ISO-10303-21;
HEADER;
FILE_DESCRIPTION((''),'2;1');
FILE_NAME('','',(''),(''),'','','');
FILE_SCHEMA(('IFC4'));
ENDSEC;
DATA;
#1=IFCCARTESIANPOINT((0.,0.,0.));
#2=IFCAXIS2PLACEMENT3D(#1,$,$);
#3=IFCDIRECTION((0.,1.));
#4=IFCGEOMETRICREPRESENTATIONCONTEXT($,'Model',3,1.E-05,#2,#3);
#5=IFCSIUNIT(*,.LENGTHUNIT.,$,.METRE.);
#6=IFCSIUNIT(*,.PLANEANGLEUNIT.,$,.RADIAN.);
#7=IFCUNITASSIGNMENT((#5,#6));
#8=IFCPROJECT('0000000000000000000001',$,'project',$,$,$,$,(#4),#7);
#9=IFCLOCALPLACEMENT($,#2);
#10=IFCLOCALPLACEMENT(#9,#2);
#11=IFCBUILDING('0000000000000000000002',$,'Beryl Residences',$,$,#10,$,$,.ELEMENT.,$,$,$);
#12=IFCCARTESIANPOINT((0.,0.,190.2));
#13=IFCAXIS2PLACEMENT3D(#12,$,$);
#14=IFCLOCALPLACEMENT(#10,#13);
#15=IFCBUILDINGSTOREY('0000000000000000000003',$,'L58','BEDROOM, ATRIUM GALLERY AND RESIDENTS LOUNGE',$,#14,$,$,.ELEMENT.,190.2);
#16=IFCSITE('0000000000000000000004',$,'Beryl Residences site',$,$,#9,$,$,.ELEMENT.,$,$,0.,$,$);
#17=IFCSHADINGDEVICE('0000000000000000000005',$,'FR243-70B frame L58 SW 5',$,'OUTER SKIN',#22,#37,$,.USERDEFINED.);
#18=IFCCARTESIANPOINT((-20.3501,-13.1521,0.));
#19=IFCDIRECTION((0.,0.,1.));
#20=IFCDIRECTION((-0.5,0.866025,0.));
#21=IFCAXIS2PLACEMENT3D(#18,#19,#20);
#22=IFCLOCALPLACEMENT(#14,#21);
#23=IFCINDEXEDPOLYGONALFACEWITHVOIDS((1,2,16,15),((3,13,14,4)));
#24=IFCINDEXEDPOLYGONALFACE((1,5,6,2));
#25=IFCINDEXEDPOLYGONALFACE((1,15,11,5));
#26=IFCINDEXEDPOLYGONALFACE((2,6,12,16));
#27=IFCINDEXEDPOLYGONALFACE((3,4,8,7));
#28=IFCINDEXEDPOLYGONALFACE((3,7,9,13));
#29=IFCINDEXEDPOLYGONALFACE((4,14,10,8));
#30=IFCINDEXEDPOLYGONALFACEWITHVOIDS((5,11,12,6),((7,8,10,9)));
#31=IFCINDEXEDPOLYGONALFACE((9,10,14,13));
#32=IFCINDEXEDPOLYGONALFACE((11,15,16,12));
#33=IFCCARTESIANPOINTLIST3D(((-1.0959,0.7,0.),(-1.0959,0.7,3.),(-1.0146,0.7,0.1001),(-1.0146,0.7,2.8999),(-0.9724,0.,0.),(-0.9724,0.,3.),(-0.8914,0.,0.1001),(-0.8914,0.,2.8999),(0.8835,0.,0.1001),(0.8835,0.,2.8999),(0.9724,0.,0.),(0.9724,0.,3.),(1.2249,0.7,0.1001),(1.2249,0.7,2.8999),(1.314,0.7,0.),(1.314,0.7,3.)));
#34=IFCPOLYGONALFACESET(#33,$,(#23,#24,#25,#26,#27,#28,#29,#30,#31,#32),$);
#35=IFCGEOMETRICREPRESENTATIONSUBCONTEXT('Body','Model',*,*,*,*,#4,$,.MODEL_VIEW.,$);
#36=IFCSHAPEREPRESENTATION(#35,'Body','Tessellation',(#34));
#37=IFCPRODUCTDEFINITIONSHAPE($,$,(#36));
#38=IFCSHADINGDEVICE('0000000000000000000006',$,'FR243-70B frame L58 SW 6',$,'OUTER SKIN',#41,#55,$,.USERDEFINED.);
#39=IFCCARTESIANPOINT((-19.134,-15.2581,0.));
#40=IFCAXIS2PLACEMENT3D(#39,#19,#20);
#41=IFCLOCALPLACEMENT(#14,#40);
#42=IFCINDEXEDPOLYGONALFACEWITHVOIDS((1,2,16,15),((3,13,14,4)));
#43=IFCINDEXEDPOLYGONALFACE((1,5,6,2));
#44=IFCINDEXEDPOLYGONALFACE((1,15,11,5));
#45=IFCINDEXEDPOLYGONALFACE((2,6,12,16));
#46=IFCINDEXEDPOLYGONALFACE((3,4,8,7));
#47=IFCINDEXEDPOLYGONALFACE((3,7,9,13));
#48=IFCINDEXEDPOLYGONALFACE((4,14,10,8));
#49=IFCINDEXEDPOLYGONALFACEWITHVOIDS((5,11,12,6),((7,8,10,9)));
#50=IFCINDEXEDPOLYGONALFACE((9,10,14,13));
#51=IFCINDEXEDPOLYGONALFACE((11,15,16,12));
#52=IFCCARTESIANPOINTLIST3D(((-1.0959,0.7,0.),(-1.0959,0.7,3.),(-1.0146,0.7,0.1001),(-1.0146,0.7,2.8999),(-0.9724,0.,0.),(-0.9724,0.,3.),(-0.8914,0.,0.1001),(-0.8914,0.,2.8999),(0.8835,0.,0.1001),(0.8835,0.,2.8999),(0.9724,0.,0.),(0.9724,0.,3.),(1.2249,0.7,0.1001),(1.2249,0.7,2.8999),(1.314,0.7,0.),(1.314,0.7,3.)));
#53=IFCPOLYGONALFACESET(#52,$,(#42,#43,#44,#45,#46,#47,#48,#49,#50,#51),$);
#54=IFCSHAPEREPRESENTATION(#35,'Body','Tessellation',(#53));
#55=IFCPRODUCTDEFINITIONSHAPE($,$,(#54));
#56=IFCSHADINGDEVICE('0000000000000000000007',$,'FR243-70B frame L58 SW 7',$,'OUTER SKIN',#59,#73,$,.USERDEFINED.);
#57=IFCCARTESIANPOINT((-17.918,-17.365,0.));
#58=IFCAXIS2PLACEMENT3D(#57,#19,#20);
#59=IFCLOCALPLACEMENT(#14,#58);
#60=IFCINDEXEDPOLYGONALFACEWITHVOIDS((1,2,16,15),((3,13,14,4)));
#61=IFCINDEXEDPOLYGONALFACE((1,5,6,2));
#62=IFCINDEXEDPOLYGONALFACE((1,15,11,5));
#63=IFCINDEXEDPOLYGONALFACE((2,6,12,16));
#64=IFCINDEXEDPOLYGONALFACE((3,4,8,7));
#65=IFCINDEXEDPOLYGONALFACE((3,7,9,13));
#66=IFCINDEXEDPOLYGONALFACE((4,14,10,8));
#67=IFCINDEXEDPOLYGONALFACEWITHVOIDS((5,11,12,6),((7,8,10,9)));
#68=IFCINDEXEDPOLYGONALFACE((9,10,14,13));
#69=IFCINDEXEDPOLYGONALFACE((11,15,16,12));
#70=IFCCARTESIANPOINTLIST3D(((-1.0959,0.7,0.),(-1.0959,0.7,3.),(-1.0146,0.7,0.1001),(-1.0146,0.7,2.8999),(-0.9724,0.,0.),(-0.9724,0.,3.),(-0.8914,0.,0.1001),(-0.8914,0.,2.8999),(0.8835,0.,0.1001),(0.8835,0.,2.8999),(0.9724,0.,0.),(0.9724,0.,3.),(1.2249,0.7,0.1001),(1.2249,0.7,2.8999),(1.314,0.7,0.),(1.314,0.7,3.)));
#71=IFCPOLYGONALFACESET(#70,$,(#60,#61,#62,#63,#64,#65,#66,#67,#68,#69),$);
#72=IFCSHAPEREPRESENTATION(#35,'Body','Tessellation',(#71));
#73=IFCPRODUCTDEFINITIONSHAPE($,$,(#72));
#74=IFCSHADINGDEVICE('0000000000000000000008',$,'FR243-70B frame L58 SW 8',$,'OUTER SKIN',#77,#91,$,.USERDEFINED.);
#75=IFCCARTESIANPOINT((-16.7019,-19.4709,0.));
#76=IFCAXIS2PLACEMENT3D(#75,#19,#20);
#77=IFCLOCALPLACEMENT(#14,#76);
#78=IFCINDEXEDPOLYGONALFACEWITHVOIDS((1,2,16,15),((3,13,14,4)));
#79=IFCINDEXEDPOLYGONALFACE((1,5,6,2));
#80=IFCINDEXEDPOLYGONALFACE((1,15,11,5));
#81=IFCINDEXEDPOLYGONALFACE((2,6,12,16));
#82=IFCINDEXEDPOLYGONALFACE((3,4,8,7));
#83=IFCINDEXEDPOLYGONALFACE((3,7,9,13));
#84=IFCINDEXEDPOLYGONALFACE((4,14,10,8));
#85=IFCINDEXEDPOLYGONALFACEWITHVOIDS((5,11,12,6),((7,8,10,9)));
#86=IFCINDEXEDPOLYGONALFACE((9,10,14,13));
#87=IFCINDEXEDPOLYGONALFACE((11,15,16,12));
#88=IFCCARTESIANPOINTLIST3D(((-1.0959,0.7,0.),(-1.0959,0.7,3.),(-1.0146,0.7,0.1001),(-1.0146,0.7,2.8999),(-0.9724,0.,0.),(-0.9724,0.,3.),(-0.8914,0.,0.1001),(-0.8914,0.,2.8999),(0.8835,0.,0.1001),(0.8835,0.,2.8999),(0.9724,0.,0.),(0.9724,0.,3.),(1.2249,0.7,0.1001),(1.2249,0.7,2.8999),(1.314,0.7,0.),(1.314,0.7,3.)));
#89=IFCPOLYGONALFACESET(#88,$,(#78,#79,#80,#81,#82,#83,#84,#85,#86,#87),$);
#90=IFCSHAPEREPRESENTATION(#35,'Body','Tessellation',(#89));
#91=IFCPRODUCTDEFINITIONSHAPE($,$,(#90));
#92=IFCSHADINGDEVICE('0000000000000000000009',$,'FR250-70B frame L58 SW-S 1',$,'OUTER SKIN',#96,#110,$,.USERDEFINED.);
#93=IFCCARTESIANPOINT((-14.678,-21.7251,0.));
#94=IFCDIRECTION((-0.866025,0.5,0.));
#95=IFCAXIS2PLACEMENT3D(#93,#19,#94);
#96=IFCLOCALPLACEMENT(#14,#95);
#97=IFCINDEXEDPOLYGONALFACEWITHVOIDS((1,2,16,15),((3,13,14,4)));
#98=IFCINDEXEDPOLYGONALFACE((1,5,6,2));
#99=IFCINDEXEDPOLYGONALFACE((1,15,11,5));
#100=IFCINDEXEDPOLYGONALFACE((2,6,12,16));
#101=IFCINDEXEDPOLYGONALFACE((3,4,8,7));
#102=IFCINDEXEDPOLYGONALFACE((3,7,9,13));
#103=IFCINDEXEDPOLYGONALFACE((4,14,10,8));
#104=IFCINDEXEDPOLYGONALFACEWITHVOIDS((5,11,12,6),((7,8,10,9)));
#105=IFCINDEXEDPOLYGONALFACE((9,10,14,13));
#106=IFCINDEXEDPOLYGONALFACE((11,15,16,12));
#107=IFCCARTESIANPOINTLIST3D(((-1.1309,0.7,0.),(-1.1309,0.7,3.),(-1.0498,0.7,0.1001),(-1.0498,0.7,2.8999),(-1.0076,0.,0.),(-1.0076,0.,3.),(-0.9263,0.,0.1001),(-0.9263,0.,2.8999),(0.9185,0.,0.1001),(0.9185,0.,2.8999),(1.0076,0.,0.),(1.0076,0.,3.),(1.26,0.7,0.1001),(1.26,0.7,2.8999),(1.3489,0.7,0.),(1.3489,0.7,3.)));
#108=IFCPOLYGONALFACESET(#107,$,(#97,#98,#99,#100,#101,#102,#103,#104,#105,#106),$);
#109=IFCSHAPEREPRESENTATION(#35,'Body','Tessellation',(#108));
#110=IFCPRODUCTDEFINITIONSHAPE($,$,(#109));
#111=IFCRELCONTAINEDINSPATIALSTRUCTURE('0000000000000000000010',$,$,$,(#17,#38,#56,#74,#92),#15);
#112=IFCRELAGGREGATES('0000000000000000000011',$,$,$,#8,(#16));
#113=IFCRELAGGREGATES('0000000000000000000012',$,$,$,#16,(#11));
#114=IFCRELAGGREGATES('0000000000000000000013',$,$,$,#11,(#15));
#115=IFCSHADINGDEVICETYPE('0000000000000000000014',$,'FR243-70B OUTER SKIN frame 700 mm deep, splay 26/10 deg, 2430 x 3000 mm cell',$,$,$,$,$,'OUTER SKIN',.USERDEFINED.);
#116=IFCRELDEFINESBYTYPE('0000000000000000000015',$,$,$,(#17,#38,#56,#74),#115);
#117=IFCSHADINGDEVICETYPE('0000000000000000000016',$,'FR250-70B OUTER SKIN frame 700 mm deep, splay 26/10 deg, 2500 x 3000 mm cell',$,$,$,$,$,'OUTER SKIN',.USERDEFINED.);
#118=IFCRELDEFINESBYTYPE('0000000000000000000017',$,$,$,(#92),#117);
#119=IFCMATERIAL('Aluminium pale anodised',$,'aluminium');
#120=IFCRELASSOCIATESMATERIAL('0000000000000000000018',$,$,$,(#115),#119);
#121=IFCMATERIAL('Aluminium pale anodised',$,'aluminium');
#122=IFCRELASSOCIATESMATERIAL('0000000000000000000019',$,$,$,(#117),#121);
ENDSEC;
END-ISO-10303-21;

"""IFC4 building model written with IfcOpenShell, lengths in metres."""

from ifc_helpers import new_model, entity, si_unit, direction, frame, origin, place, context, subcontext, project, spatial, source, transform, mapped, material, type_object, type_shapes, element, save


model = new_model("IFC4")

# Units and contexts
model_context = context("Model", 3, precision=1e-05, world=origin(), true_north=direction((0.0, 1.0)))
body_context = subcontext(model_context, "Body", "Model", "MODEL_VIEW")
ifc_project = project(units=[si_unit("LENGTHUNIT", "METRE"), si_unit("PLANEANGLEUNIT", "RADIAN")], contexts=[model_context])

# Site, building, storey
site_placement = place(None, origin())
site = spatial("IfcSite", under=ifc_project, at=site_placement, Name="Beryl Residences site", CompositionType="ELEMENT", RefElevation=0.0)
building_placement = place(site_placement, origin())
building = spatial("IfcBuilding", under=site, at=building_placement, Name="Beryl Residences", CompositionType="ELEMENT")
storey_placement = place(building_placement, frame((0.0, 0.0, 190.2)))
storey = spatial("IfcBuildingStorey", under=building, at=storey_placement, Name="L58", Description="BEDROOM, ATRIUM GALLERY AND RESIDENTS LOUNGE", CompositionType="ELEMENT", Elevation=190.2)

# Shading devices
ifc_material_1 = material(Name="Aluminium pale anodised", Category="aluminium")
shading_device_type_1 = type_object("IfcShadingDeviceType", Name="FR243-70B OUTER SKIN frame 700 mm deep, splay 26/10 deg, 2430 x 3000 mm cell", ElementType="OUTER SKIN", PredefinedType="USERDEFINED", material=ifc_material_1)
cartesian_point_1 = entity("IfcCartesianPoint", [-0.9724, 0.0])
cartesian_point_2 = entity("IfcCartesianPoint", [-0.8835, 0.1001])
cartesian_point_3 = entity("IfcCartesianPoint", [-1.314, 0.0])
cartesian_point_4 = entity("IfcCartesianPoint", [-1.2249, 0.1001])
shared_shape_1 = source(origin(), body_context, "Body", "SweptSolid", [
    entity("IfcExtrudedAreaSolidTapered", entity("IfcArbitraryProfileDefWithVoids", "AREA", None, entity("IfcPolyline", [cartesian_point_1, entity("IfcCartesianPoint", [0.9724, 0.0]), entity("IfcCartesianPoint", [0.9724, 3.0]), entity("IfcCartesianPoint", [-0.9724, 3.0]), cartesian_point_1]), [entity("IfcPolyline", [cartesian_point_2, entity("IfcCartesianPoint", [0.8914, 0.1001]), entity("IfcCartesianPoint", [0.8914, 2.8999]), entity("IfcCartesianPoint", [-0.8835, 2.8999]), cartesian_point_2])]), entity("IfcAxis2Placement3D", entity("IfcCartesianPoint", [0.0, 0.0, 0.0]), entity("IfcDirection", [0.0, 1.0, 0.0]), entity("IfcDirection", [-1.0, 0.0, 0.0])), entity("IfcDirection", [0.0, 0.0, 1.0]), 0.7, entity("IfcArbitraryProfileDefWithVoids", "AREA", None, entity("IfcPolyline", [cartesian_point_3, entity("IfcCartesianPoint", [1.0959, 0.0]), entity("IfcCartesianPoint", [1.0959, 3.0]), entity("IfcCartesianPoint", [-1.314, 3.0]), cartesian_point_3]), [entity("IfcPolyline", [cartesian_point_4, entity("IfcCartesianPoint", [1.0146, 0.1001]), entity("IfcCartesianPoint", [1.0146, 2.8999]), entity("IfcCartesianPoint", [-1.2249, 2.8999]), cartesian_point_4])])),
])
type_shapes(shading_device_type_1, [shared_shape_1])
for number, where, z_axis, x_axis, name in (
    (1, (-20.3501, -13.1521, 0.0), (0.0, 0.0, 1.0), (-0.5, 0.866025, 0.0), "FR243-70B frame L58 SW 5"),
    (2, (-19.134, -15.2581, 0.0), (0.0, 0.0, 1.0), (-0.5, 0.866025, 0.0), "FR243-70B frame L58 SW 6"),
    (3, (-17.918, -17.365, 0.0), (0.0, 0.0, 1.0), (-0.5, 0.866025, 0.0), "FR243-70B frame L58 SW 7"),
    (4, (-16.7019, -19.4709, 0.0), (0.0, 0.0, 1.0), (-0.5, 0.866025, 0.0), "FR243-70B frame L58 SW 8"),
):
    element("IfcShadingDevice", number, at=place(storey_placement, frame(where, z_axis=z_axis, x_axis=x_axis)), inside=storey, type_object=shading_device_type_1, Name=name, ObjectType="OUTER SKIN", PredefinedType="USERDEFINED", context=body_context, shape_type="MappedRepresentation", body=[
        mapped(shared_shape_1, transform((0.0, 0.0, 0.0))),
    ])
ifc_material_2 = material(Name="Aluminium pale anodised", Category="aluminium")
shading_device_type_2 = type_object("IfcShadingDeviceType", Name="FR250-70B OUTER SKIN frame 700 mm deep, splay 26/10 deg, 2500 x 3000 mm cell", ElementType="OUTER SKIN", PredefinedType="USERDEFINED", material=ifc_material_2)
cartesian_point_5 = entity("IfcCartesianPoint", [-1.0076, 0.0])
cartesian_point_6 = entity("IfcCartesianPoint", [-0.9185, 0.1001])
cartesian_point_7 = entity("IfcCartesianPoint", [-1.3489, 0.0])
cartesian_point_8 = entity("IfcCartesianPoint", [-1.26, 0.1001])
shared_shape_2 = source(origin(), body_context, "Body", "SweptSolid", [
    entity("IfcExtrudedAreaSolidTapered", entity("IfcArbitraryProfileDefWithVoids", "AREA", None, entity("IfcPolyline", [cartesian_point_5, entity("IfcCartesianPoint", [1.0076, 0.0]), entity("IfcCartesianPoint", [1.0076, 3.0]), entity("IfcCartesianPoint", [-1.0076, 3.0]), cartesian_point_5]), [entity("IfcPolyline", [cartesian_point_6, entity("IfcCartesianPoint", [0.9263, 0.1001]), entity("IfcCartesianPoint", [0.9263, 2.8999]), entity("IfcCartesianPoint", [-0.9185, 2.8999]), cartesian_point_6])]), entity("IfcAxis2Placement3D", entity("IfcCartesianPoint", [0.0, 0.0, 0.0]), entity("IfcDirection", [0.0, 1.0, 0.0]), entity("IfcDirection", [-1.0, 0.0, 0.0])), entity("IfcDirection", [0.0, 0.0, 1.0]), 0.7, entity("IfcArbitraryProfileDefWithVoids", "AREA", None, entity("IfcPolyline", [cartesian_point_7, entity("IfcCartesianPoint", [1.1309, 0.0]), entity("IfcCartesianPoint", [1.1309, 3.0]), entity("IfcCartesianPoint", [-1.3489, 3.0]), cartesian_point_7]), [entity("IfcPolyline", [cartesian_point_8, entity("IfcCartesianPoint", [1.0498, 0.1001]), entity("IfcCartesianPoint", [1.0498, 2.8999]), entity("IfcCartesianPoint", [-1.26, 2.8999]), cartesian_point_8])])),
])
type_shapes(shading_device_type_2, [shared_shape_2])
shading_device_placement = place(storey_placement, frame((-14.678, -21.7251, 0.0), z_axis=(0.0, 0.0, 1.0), x_axis=(-0.866025, 0.5, 0.0)))
element("IfcShadingDevice", 5, at=shading_device_placement, inside=storey, type_object=shading_device_type_2, Name="FR250-70B frame L58 SW-S 1", ObjectType="OUTER SKIN", PredefinedType="USERDEFINED", context=body_context, shape_type="MappedRepresentation", body=[
    mapped(shared_shape_2, transform((0.0, 0.0, 0.0))),
])

save(model, "model.ifc")
